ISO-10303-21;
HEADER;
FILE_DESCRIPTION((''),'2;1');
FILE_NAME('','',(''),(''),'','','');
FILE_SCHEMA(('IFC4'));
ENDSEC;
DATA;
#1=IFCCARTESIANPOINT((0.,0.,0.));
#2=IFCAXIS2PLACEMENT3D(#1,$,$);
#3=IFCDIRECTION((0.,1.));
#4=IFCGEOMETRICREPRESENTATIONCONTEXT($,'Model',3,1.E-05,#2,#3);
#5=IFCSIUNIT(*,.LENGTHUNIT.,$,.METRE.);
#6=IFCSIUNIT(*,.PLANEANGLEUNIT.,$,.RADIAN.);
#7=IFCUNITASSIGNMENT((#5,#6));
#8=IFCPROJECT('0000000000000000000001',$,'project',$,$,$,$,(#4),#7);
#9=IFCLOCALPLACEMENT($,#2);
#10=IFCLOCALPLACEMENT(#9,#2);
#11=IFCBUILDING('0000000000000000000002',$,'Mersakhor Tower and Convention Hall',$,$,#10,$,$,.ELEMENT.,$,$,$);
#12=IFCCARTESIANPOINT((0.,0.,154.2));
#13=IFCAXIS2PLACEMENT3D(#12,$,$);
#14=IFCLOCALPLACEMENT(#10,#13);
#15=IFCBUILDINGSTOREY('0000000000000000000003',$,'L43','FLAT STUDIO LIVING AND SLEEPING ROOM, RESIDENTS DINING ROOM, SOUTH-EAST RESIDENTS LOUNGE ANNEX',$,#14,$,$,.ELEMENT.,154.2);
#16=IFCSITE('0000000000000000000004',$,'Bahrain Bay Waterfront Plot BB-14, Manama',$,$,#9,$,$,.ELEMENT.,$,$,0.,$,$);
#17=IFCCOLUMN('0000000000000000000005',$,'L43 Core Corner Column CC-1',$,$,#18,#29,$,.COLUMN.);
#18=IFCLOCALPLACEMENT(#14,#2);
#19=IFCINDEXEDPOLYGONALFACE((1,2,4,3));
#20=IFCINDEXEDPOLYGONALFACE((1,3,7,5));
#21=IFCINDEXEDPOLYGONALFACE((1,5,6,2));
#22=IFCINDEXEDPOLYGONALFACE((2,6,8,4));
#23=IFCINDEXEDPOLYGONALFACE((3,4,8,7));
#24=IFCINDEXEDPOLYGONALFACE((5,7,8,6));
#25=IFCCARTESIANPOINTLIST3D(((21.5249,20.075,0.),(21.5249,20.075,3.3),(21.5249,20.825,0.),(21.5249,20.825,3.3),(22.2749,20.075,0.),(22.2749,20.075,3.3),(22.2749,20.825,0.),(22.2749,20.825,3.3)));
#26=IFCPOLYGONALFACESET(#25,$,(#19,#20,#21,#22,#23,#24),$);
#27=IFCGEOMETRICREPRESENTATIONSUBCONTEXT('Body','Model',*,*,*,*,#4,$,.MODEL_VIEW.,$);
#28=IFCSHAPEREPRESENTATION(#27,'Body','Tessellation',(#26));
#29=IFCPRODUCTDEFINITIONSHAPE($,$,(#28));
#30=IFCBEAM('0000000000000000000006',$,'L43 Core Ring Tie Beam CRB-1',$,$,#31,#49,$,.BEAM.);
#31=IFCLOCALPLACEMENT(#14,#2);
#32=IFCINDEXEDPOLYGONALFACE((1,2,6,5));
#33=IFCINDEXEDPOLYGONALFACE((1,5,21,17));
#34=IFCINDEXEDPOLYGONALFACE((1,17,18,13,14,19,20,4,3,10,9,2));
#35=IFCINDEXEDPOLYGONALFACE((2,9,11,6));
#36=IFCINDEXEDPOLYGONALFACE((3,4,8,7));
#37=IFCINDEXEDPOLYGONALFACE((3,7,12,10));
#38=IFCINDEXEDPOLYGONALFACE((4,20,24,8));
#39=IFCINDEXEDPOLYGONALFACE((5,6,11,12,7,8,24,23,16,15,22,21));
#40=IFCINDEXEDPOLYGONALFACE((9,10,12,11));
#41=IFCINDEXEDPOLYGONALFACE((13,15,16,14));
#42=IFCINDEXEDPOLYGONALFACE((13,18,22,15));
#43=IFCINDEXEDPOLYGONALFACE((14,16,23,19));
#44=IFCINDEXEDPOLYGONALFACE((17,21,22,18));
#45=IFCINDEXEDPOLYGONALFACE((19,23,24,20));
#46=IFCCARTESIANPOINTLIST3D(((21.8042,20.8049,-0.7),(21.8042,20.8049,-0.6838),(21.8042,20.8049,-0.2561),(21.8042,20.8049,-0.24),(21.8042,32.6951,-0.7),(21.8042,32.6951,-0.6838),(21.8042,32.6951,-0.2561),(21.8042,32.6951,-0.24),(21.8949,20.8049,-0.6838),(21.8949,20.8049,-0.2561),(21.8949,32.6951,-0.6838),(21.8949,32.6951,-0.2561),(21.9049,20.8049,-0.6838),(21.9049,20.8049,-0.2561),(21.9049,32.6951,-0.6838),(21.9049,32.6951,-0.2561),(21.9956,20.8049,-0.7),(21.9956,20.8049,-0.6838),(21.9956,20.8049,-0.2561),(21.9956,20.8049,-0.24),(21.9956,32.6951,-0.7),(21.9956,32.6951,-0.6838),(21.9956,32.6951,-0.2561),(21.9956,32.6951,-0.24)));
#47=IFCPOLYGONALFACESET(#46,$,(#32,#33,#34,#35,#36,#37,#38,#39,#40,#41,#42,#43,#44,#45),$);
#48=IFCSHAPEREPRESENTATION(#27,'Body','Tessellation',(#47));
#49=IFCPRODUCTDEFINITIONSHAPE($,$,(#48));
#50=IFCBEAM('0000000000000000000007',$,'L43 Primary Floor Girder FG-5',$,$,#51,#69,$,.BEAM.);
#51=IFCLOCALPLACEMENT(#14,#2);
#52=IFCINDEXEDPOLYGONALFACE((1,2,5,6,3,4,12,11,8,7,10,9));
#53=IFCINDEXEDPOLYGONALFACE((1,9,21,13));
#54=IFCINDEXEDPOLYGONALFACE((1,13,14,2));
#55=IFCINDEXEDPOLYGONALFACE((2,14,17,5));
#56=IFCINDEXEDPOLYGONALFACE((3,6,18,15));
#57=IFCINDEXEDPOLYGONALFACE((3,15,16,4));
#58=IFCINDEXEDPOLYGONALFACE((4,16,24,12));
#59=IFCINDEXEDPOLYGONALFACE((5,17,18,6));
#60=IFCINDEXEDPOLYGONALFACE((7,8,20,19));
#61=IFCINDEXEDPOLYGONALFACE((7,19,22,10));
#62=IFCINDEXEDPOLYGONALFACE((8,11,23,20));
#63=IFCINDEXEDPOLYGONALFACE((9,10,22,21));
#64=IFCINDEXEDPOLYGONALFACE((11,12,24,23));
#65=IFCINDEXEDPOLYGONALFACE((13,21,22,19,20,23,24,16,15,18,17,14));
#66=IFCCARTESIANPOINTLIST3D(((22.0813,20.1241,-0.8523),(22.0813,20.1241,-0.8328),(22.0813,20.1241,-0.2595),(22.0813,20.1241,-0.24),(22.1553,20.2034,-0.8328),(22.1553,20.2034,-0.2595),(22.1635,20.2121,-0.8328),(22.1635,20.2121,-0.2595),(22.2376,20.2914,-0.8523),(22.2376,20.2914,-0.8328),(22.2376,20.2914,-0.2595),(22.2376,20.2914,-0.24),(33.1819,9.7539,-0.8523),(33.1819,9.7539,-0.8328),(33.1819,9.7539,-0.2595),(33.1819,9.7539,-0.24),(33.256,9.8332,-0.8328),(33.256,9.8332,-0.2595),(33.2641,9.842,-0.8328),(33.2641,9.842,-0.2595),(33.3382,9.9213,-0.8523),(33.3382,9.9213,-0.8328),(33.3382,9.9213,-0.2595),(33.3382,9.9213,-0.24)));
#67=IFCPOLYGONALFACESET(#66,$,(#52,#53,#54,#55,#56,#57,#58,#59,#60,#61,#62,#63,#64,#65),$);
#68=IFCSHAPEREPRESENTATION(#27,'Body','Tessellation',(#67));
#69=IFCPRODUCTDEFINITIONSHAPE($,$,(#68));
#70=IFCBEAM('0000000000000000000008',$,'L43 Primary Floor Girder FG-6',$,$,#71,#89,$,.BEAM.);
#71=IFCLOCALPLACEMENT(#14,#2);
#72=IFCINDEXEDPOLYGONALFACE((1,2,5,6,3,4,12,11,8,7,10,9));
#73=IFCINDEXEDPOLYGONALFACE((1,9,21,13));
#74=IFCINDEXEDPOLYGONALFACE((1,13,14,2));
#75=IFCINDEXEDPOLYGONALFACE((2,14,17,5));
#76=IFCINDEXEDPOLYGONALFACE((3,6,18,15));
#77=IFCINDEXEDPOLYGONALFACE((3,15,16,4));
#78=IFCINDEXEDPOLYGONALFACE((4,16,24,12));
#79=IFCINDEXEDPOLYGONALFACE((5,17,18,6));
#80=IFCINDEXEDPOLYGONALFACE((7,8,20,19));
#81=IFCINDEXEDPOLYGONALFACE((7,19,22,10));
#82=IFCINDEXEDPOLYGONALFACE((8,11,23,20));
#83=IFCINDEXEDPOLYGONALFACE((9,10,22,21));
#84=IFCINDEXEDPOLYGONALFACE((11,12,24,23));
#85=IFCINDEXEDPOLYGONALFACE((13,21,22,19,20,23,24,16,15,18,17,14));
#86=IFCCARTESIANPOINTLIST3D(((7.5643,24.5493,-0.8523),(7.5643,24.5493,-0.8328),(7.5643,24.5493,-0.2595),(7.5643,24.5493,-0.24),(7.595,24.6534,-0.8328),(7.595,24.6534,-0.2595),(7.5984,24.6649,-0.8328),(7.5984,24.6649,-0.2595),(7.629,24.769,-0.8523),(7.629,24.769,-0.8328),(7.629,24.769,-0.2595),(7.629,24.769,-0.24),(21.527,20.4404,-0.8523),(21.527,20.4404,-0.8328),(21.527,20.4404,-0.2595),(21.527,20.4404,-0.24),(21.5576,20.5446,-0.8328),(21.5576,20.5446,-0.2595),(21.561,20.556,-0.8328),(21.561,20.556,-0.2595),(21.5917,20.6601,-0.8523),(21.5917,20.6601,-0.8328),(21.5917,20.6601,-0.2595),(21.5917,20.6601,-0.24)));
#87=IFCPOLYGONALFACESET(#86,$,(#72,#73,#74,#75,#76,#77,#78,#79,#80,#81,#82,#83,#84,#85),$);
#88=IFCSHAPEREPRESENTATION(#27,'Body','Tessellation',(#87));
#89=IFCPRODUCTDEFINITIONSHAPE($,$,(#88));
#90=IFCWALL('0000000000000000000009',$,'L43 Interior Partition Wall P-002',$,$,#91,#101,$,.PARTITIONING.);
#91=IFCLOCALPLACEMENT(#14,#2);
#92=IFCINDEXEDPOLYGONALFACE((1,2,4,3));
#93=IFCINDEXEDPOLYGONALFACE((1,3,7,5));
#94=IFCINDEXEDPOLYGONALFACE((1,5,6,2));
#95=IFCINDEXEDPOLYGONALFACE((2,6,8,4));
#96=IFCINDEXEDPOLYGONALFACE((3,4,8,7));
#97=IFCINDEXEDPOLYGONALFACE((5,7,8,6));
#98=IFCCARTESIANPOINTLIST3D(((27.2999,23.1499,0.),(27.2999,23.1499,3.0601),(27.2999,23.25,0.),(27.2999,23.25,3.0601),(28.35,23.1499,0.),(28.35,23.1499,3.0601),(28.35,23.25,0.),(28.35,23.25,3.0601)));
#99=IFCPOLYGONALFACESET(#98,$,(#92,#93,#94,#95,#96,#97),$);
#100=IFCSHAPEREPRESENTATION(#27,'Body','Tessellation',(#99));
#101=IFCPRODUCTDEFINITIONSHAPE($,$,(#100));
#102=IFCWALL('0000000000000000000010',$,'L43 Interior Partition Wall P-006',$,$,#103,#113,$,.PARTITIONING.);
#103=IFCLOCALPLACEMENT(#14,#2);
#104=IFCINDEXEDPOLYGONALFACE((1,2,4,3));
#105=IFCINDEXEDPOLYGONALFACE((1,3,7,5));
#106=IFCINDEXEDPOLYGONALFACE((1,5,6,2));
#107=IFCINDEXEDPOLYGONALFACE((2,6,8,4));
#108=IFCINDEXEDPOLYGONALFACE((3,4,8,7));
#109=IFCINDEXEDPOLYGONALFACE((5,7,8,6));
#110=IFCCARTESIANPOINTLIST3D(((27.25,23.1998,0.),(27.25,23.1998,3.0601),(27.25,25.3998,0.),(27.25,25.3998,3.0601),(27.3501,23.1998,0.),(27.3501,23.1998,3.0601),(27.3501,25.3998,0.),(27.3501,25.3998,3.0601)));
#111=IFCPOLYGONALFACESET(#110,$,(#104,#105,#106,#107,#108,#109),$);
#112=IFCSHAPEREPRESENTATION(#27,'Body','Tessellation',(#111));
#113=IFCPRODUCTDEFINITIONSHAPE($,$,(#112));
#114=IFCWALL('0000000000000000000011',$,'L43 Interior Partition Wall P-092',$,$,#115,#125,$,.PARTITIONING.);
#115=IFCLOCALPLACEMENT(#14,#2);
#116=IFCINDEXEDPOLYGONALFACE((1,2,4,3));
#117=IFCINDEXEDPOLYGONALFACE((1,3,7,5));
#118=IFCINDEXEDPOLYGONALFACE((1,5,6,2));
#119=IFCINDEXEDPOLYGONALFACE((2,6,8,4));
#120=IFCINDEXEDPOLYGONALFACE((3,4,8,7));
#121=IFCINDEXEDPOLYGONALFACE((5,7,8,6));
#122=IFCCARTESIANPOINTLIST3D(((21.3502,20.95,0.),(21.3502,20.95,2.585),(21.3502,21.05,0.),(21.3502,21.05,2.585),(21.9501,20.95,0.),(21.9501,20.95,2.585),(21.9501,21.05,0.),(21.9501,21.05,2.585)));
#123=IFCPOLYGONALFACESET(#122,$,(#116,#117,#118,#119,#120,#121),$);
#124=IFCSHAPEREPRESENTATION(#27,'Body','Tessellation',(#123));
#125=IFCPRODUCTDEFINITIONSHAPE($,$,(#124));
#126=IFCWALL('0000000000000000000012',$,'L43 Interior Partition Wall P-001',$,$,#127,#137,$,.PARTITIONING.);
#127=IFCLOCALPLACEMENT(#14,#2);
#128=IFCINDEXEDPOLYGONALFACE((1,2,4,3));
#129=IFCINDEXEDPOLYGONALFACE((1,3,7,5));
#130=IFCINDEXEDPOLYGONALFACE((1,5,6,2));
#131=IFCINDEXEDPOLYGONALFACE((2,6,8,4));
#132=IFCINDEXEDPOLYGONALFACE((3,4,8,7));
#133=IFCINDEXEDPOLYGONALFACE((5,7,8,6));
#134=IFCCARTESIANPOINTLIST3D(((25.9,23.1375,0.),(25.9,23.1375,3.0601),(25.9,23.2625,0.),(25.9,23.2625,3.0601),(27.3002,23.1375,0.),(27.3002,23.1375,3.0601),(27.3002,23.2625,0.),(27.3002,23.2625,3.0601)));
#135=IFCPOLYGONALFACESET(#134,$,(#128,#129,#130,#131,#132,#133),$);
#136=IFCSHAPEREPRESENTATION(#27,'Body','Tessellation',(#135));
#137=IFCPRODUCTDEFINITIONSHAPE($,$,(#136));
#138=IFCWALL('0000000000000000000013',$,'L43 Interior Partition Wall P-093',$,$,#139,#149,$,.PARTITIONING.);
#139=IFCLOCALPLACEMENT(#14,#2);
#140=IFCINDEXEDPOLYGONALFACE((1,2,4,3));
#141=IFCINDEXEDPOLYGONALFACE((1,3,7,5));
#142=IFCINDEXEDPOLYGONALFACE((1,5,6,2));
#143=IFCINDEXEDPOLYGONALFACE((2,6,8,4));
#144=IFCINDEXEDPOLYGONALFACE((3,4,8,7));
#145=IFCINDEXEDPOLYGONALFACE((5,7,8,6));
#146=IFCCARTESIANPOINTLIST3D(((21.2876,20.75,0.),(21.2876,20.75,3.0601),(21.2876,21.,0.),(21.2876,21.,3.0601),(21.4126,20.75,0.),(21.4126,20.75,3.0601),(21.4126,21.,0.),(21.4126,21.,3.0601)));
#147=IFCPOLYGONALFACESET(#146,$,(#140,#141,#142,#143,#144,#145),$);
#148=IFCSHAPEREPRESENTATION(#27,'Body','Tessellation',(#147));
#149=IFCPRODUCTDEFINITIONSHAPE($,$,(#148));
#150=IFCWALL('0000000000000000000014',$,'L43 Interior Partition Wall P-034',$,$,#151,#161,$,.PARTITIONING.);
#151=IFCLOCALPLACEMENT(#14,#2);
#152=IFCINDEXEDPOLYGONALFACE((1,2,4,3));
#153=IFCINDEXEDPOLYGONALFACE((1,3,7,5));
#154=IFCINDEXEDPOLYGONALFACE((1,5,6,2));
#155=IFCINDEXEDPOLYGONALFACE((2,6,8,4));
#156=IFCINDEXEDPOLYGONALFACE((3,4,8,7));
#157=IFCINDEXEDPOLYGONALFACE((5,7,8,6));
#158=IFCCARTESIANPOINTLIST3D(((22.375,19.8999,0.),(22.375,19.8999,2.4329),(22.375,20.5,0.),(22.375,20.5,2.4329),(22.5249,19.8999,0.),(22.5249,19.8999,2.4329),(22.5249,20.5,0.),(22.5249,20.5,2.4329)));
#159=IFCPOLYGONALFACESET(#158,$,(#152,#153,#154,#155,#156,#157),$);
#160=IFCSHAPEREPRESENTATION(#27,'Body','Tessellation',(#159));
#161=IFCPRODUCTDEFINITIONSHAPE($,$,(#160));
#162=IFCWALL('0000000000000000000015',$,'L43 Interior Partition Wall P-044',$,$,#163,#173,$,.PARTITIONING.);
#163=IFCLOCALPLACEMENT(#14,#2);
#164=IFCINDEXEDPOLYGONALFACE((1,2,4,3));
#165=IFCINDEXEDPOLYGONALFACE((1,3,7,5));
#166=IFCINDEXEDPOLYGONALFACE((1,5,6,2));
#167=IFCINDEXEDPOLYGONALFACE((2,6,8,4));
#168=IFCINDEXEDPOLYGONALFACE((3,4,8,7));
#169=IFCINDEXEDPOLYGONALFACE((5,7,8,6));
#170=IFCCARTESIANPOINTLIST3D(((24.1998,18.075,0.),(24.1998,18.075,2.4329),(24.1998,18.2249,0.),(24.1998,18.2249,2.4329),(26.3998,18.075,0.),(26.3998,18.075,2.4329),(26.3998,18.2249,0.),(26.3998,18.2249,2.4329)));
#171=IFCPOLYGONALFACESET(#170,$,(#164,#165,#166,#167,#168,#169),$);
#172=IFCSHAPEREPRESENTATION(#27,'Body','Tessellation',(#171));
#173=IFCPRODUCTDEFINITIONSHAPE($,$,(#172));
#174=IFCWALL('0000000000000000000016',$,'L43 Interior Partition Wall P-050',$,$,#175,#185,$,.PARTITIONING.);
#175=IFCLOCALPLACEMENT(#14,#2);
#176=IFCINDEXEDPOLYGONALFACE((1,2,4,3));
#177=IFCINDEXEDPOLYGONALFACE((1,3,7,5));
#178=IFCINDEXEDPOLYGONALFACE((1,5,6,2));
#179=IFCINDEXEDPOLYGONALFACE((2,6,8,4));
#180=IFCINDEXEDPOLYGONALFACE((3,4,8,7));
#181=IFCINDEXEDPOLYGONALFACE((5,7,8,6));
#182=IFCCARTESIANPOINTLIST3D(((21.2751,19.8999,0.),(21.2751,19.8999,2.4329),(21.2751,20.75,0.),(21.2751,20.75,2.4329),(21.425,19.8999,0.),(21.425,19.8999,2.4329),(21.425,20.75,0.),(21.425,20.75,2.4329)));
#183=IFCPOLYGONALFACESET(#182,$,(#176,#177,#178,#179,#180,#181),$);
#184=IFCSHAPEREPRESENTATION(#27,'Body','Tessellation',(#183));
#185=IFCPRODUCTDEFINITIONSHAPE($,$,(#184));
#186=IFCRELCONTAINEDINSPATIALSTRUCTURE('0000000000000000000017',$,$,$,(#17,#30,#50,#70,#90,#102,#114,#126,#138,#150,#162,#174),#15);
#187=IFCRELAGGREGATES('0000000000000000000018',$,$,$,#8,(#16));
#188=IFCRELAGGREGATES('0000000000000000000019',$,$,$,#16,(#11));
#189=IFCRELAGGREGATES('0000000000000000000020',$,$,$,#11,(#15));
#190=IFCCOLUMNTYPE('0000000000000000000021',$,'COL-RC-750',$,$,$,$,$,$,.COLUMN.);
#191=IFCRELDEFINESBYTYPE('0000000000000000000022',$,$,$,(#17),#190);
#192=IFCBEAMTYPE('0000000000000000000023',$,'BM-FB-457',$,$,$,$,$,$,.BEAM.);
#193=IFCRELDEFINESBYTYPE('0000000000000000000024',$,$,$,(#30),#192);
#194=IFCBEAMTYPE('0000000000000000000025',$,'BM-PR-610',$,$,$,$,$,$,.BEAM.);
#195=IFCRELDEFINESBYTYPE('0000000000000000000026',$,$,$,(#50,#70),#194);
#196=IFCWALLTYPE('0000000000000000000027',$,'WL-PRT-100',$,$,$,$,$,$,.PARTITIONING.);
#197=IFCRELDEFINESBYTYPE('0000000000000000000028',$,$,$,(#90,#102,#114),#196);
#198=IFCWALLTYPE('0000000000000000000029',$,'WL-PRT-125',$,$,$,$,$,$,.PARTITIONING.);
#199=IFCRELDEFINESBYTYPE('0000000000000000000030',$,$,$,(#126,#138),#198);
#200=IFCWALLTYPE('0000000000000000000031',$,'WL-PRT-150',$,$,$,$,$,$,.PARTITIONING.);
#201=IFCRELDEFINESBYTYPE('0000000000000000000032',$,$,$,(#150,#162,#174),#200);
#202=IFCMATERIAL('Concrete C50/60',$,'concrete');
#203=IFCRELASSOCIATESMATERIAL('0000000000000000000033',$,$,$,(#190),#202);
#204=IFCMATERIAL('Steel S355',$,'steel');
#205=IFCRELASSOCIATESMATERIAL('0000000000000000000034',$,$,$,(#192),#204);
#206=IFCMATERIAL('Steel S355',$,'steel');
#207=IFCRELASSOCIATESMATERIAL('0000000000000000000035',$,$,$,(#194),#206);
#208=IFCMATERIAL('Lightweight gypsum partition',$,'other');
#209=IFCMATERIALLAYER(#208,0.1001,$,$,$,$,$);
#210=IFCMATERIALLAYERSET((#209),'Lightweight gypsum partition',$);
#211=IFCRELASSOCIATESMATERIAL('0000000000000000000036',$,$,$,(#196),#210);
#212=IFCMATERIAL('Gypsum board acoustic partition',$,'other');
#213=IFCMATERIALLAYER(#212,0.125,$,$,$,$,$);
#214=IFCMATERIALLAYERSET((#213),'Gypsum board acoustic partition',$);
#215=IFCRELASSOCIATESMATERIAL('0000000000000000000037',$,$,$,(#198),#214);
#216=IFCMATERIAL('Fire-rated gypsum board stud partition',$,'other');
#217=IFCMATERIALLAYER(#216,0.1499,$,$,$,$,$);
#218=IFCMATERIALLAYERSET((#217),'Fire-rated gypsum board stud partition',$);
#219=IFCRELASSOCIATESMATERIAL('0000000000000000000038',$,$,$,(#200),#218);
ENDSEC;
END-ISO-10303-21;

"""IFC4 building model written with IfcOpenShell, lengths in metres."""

from ifc_helpers import new_model, si_unit, direction, frame, frame_2d, origin, origin_2d, place, context, subcontext, project, spatial, rectangle, i_section, extrude, material, layer, layer_set, material_profile, profile_set, type_object, element, save


model = new_model("IFC4")

# Units and contexts
model_context = context("Model", 3, precision=1e-05, world=origin(), true_north=direction((0.0, 1.0)))
body_context = subcontext(model_context, "Body", "Model", "MODEL_VIEW")
ifc_project = project(units=[si_unit("LENGTHUNIT", "METRE"), si_unit("PLANEANGLEUNIT", "RADIAN")], contexts=[model_context])

# Site, building, storey
site_placement = place(None, origin())
site = spatial("IfcSite", under=ifc_project, at=site_placement, Name="Bahrain Bay Waterfront Plot BB-14, Manama", CompositionType="ELEMENT", RefElevation=0.0)
building_placement = place(site_placement, origin())
building = spatial("IfcBuilding", under=site, at=building_placement, Name="Mersakhor Tower and Convention Hall", CompositionType="ELEMENT")
storey_placement = place(building_placement, frame((0.0, 0.0, 154.2)))
storey = spatial("IfcBuildingStorey", under=building, at=storey_placement, Name="L43", Description="FLAT STUDIO LIVING AND SLEEPING ROOM, RESIDENTS DINING ROOM, SOUTH-EAST RESIDENTS LOUNGE ANNEX", CompositionType="ELEMENT", Elevation=154.2)

# Column
ifc_material_1 = material(Name="Concrete C50/60", Category="concrete")
ifc_material_profile_1 = material_profile(ifc_material_1, rectangle(XDim=0.75, YDim=0.75, at=origin_2d()), Name="RC 750x750")
ifc_profile_set_1 = profile_set([ifc_material_profile_1], Name="Concrete C50/60")
column_type = type_object("IfcColumnType", Name="COL-RC-750", PredefinedType="COLUMN", material=ifc_profile_set_1)
column_placement = place(storey_placement, frame((21.8999, 20.45, 0.0), z_axis=(0.0, 0.0, 1.0), x_axis=(1.0, 0.0, 0.0)))
element("IfcColumn", 1, at=column_placement, inside=storey, type_object=column_type, Name="L43 Core Corner Column CC-1", PredefinedType="COLUMN", context=body_context, shape_type="SweptSolid", body=[
    extrude(rectangle(XDim=0.75, YDim=0.75, at=origin_2d()), origin(), (0.0, 0.0, 1.0), 3.3),
])

# Beams
ifc_material_2 = material(Name="Steel S355", Category="steel")
ifc_material_profile_2 = material_profile(ifc_material_2, i_section(OverallWidth=0.1914, OverallDepth=0.46, WebThickness=0.01, FlangeThickness=0.0161, at=origin_2d()), Name="UB 457x191x82")
ifc_profile_set_2 = profile_set([ifc_material_profile_2], Name="Steel S355")
beam_type_1 = type_object("IfcBeamType", Name="BM-FB-457", PredefinedType="BEAM", material=ifc_profile_set_2)
beam_1_placement = place(storey_placement, frame((21.8999, 20.8049, -0.47), z_axis=(0.0, 1.0, 0.0), x_axis=(-1.0, 0.0, 0.0)))
element("IfcBeam", 2, at=beam_1_placement, inside=storey, type_object=beam_type_1, Name="L43 Core Ring Tie Beam CRB-1", PredefinedType="BEAM", context=body_context, shape_type="SweptSolid", body=[
    extrude(i_section(OverallWidth=0.1914, OverallDepth=0.46, WebThickness=0.01, FlangeThickness=0.0161, at=origin_2d()), origin(), (0.0, 0.0, 1.0), 11.8901),
])
ifc_material_3 = material(Name="Steel S355", Category="steel")
ifc_material_profile_3 = material_profile(ifc_material_3, i_section(OverallWidth=0.229, OverallDepth=0.6123, WebThickness=0.012, FlangeThickness=0.0195, at=origin_2d()), Name="UB 610x229x125")
ifc_profile_set_3 = profile_set([ifc_material_profile_3], Name="Steel S355")
beam_type_2 = type_object("IfcBeamType", Name="BM-PR-610", PredefinedType="BEAM", material=ifc_profile_set_3)
beam_2_placement = place(storey_placement, frame((22.1594, 20.2078, -0.5461), z_axis=(0.730741, -0.682655, 0.0), x_axis=(0.682655, 0.730741, 0.0)))
element("IfcBeam", 3, at=beam_2_placement, inside=storey, type_object=beam_type_2, Name="L43 Primary Floor Girder FG-5", PredefinedType="BEAM", context=body_context, shape_type="SweptSolid", body=[
    extrude(i_section(OverallWidth=0.229, OverallDepth=0.6123, WebThickness=0.012, FlangeThickness=0.0195, at=origin_2d()), origin(), (0.0, 0.0, 1.0), 15.1909),
])
beam_3_placement = place(storey_placement, frame((21.5593, 20.5503, -0.5461), z_axis=(-0.959324, 0.282307, 0.0), x_axis=(-0.282307, -0.959324, 0.0)))
element("IfcBeam", 4, at=beam_3_placement, inside=storey, type_object=beam_type_2, Name="L43 Primary Floor Girder FG-6", PredefinedType="BEAM", context=body_context, shape_type="SweptSolid", body=[
    extrude(i_section(OverallWidth=0.229, OverallDepth=0.6123, WebThickness=0.012, FlangeThickness=0.0195, at=origin_2d()), origin(), (0.0, 0.0, 1.0), 14.5547),
])

# Walls
ifc_material_4 = material(Name="Lightweight gypsum partition", Category="other")
ifc_layer_1 = layer(ifc_material_4, 0.1001)
ifc_layer_set_1 = layer_set([ifc_layer_1], Name="Lightweight gypsum partition")
wall_type_1 = type_object("IfcWallType", Name="WL-PRT-100", PredefinedType="PARTITIONING", material=ifc_layer_set_1)
wall_1_placement = place(storey_placement, frame((27.3, 23.2, 0.0), z_axis=(0.0, 0.0, 1.0), x_axis=(1.0, 0.0, 0.0)))
element("IfcWall", 5, at=wall_1_placement, inside=storey, type_object=wall_type_1, Name="L43 Interior Partition Wall P-002", PredefinedType="PARTITIONING", context=body_context, shape_type="SweptSolid", body=[
    extrude(rectangle(XDim=1.05, YDim=0.1001, at=frame_2d((0.5249, 0.0))), origin(), (0.0, 0.0, 1.0), 3.0601),
])
wall_2_placement = place(storey_placement, frame((27.3, 25.3999, 0.0), z_axis=(0.0, 0.0, 1.0), x_axis=(0.0, -1.0, 0.0)))
element("IfcWall", 6, at=wall_2_placement, inside=storey, type_object=wall_type_1, Name="L43 Interior Partition Wall P-006", PredefinedType="PARTITIONING", context=body_context, shape_type="SweptSolid", body=[
    extrude(rectangle(XDim=2.2, YDim=0.1001, at=frame_2d((1.1001, 0.0))), origin(), (0.0, 0.0, 1.0), 3.0601),
])
wall_3_placement = place(storey_placement, frame((21.95, 21.0, 0.0), z_axis=(0.0, 0.0, 1.0), x_axis=(-1.0, 0.0, 0.0)))
element("IfcWall", 7, at=wall_3_placement, inside=storey, type_object=wall_type_1, Name="L43 Interior Partition Wall P-092", PredefinedType="PARTITIONING", context=body_context, shape_type="SweptSolid", body=[
    extrude(rectangle(XDim=0.5999, YDim=0.1001, at=frame_2d((0.2998, 0.0))), origin(), (0.0, 0.0, 1.0), 2.585),
])
ifc_material_5 = material(Name="Gypsum board acoustic partition", Category="other")
ifc_layer_2 = layer(ifc_material_5, 0.125)
ifc_layer_set_2 = layer_set([ifc_layer_2], Name="Gypsum board acoustic partition")
wall_type_2 = type_object("IfcWallType", Name="WL-PRT-125", PredefinedType="PARTITIONING", material=ifc_layer_set_2)
wall_4_placement = place(storey_placement, frame((25.8999, 23.2, 0.0), z_axis=(0.0, 0.0, 1.0), x_axis=(1.0, 0.0, 0.0)))
element("IfcWall", 8, at=wall_4_placement, inside=storey, type_object=wall_type_2, Name="L43 Interior Partition Wall P-001", PredefinedType="PARTITIONING", context=body_context, shape_type="SweptSolid", body=[
    extrude(rectangle(XDim=1.4001, YDim=0.125, at=frame_2d((0.7002, 0.0))), origin(), (0.0, 0.0, 1.0), 3.0601),
])
wall_5_placement = place(storey_placement, frame((21.3501, 21.0, 0.0), z_axis=(0.0, 0.0, 1.0), x_axis=(0.0, -1.0, 0.0)))
element("IfcWall", 9, at=wall_5_placement, inside=storey, type_object=wall_type_2, Name="L43 Interior Partition Wall P-093", PredefinedType="PARTITIONING", context=body_context, shape_type="SweptSolid", body=[
    extrude(rectangle(XDim=0.25, YDim=0.125, at=frame_2d((0.125, 0.0))), origin(), (0.0, 0.0, 1.0), 3.0601),
])
ifc_material_6 = material(Name="Fire-rated gypsum board stud partition", Category="other")
ifc_layer_3 = layer(ifc_material_6, 0.1499)
ifc_layer_set_3 = layer_set([ifc_layer_3], Name="Fire-rated gypsum board stud partition")
wall_type_3 = type_object("IfcWallType", Name="WL-PRT-150", PredefinedType="PARTITIONING", material=ifc_layer_set_3)
wall_6_placement = place(storey_placement, frame((22.45, 19.8999, 0.0), z_axis=(0.0, 0.0, 1.0), x_axis=(0.0, 1.0, 0.0)))
element("IfcWall", 10, at=wall_6_placement, inside=storey, type_object=wall_type_3, Name="L43 Interior Partition Wall P-034", PredefinedType="PARTITIONING", context=body_context, shape_type="SweptSolid", body=[
    extrude(rectangle(XDim=0.6001, YDim=0.1499, at=frame_2d((0.3, 0.0))), origin(), (0.0, 0.0, 1.0), 2.4329),
])
wall_7_placement = place(storey_placement, frame((26.3999, 18.1499, 0.0), z_axis=(0.0, 0.0, 1.0), x_axis=(-1.0, 0.0, 0.0)))
element("IfcWall", 11, at=wall_7_placement, inside=storey, type_object=wall_type_3, Name="L43 Interior Partition Wall P-044", PredefinedType="PARTITIONING", context=body_context, shape_type="SweptSolid", body=[
    extrude(rectangle(XDim=2.2, YDim=0.1499, at=frame_2d((1.1001, 0.0))), origin(), (0.0, 0.0, 1.0), 2.4329),
])
wall_8_placement = place(storey_placement, frame((21.3501, 20.75, 0.0), z_axis=(0.0, 0.0, 1.0), x_axis=(0.0, -1.0, 0.0)))
element("IfcWall", 12, at=wall_8_placement, inside=storey, type_object=wall_type_3, Name="L43 Interior Partition Wall P-050", PredefinedType="PARTITIONING", context=body_context, shape_type="SweptSolid", body=[
    extrude(rectangle(XDim=0.8501, YDim=0.1499, at=frame_2d((0.425, 0.0))), origin(), (0.0, 0.0, 1.0), 2.4329),
])

save(model, "model.ifc")
